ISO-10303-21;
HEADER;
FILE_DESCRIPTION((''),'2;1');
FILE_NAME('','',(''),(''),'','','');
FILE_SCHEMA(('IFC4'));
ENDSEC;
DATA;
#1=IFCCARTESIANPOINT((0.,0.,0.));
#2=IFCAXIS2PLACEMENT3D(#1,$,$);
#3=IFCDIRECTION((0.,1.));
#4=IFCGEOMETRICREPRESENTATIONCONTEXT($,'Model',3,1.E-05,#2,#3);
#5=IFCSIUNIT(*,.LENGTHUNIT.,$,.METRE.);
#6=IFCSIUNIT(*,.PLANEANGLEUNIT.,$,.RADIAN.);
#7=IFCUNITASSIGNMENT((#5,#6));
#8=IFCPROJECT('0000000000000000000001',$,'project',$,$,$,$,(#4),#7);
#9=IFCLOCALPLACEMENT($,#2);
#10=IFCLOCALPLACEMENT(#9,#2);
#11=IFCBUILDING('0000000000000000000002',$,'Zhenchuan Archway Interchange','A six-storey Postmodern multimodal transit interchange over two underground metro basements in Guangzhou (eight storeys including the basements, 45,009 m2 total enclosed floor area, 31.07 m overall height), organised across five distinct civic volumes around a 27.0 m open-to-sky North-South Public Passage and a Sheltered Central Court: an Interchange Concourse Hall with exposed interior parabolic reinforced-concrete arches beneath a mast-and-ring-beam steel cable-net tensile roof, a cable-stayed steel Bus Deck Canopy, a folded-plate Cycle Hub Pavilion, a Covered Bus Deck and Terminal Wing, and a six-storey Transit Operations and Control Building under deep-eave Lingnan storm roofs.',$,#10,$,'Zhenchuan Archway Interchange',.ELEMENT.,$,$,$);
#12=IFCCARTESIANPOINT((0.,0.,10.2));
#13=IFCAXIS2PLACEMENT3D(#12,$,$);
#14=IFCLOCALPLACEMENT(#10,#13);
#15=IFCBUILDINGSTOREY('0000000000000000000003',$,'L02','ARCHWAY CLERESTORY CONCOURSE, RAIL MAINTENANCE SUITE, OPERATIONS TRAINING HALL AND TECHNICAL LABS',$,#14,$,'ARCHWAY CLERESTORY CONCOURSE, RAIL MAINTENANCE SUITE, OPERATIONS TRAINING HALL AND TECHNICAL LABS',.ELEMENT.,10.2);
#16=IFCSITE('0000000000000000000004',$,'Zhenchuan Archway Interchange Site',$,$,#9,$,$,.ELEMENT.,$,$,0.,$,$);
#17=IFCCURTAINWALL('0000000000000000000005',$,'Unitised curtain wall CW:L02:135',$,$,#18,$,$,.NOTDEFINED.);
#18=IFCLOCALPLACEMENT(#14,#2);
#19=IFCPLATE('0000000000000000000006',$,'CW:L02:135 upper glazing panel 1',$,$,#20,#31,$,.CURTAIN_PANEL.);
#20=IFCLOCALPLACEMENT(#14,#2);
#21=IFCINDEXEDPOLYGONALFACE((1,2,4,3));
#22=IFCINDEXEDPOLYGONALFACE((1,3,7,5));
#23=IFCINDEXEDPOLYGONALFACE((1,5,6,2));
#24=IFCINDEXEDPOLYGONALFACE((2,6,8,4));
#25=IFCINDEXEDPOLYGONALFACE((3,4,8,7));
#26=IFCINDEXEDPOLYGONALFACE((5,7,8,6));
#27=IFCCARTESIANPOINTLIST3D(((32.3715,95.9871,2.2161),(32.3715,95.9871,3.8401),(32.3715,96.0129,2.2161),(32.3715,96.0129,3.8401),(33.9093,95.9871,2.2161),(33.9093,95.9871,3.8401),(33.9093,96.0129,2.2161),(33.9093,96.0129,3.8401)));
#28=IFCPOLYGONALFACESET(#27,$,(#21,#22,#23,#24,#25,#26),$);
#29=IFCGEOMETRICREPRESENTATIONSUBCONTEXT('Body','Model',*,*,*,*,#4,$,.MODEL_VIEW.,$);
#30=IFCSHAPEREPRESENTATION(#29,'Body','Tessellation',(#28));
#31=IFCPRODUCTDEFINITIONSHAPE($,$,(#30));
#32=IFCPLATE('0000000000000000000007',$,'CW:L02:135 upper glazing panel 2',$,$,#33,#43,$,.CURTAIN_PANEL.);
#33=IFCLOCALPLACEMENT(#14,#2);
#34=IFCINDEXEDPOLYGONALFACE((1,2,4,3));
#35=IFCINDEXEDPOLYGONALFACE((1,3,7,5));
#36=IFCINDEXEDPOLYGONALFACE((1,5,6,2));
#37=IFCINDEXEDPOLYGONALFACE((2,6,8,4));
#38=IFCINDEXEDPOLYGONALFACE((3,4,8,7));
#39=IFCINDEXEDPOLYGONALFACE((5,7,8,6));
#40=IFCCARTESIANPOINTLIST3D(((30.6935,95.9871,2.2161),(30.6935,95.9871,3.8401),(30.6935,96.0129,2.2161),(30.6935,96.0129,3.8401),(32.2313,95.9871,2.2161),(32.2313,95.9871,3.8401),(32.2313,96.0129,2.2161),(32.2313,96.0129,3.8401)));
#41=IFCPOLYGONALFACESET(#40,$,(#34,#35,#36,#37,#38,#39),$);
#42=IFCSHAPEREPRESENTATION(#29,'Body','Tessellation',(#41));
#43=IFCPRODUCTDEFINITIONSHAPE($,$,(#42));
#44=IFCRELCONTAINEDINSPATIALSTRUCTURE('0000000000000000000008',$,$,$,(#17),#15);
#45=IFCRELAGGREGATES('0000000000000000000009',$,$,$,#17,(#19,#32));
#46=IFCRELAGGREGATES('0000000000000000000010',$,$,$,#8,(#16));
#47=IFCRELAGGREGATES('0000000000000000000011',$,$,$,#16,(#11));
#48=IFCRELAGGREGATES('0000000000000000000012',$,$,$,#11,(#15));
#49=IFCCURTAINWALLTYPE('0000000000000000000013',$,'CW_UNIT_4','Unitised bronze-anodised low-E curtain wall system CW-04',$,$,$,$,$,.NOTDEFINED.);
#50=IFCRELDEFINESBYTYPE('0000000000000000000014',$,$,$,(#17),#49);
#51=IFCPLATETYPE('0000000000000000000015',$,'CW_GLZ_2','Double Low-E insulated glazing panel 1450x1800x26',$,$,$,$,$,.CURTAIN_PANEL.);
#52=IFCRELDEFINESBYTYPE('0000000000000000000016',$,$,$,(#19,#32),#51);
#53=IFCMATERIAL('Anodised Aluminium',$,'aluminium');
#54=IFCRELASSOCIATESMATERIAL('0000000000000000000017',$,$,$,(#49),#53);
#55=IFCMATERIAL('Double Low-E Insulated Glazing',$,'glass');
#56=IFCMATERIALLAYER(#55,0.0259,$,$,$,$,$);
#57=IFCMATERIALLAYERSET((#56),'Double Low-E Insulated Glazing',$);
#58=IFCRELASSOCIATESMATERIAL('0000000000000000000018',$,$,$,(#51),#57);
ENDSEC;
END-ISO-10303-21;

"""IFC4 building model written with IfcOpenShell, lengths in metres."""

from ifc_helpers import new_model, si_unit, direction, frame, origin, origin_2d, place, context, subcontext, project, spatial, rectangle, extrude, material, layer, layer_set, type_object, element, aggregate, save


model = new_model("IFC4")

# Units and contexts
model_context = context("Model", 3, precision=1e-05, world=origin(), true_north=direction((0.0, 1.0)))
body_context = subcontext(model_context, "Body", "Model", "MODEL_VIEW")
ifc_project = project(units=[si_unit("LENGTHUNIT", "METRE"), si_unit("PLANEANGLEUNIT", "RADIAN")], contexts=[model_context])

# Site, building, storey
site_placement = place(None, origin())
site = spatial("IfcSite", under=ifc_project, at=site_placement, Name="Zhenchuan Archway Interchange Site", CompositionType="ELEMENT", RefElevation=0.0)
building_placement = place(site_placement, origin())
building = spatial("IfcBuilding", under=site, at=building_placement, Name="Zhenchuan Archway Interchange", Description="A six-storey Postmodern multimodal transit interchange over two underground metro basements in Guangzhou (eight storeys including the basements, 45,009 m2 total enclosed floor area, 31.07 m overall height), organised across five distinct civic volumes around a 27.0 m open-to-sky North-South Public Passage and a Sheltered Central Court: an Interchange Concourse Hall with exposed interior parabolic reinforced-concrete arches beneath a mast-and-ring-beam steel cable-net tensile roof, a cable-stayed steel Bus Deck Canopy, a folded-plate Cycle Hub Pavilion, a Covered Bus Deck and Terminal Wing, and a six-storey Transit Operations and Control Building under deep-eave Lingnan storm roofs.", LongName="Zhenchuan Archway Interchange", CompositionType="ELEMENT")
storey_placement = place(building_placement, frame((0.0, 0.0, 10.2)))
storey = spatial("IfcBuildingStorey", under=building, at=storey_placement, Name="L02", Description="ARCHWAY CLERESTORY CONCOURSE, RAIL MAINTENANCE SUITE, OPERATIONS TRAINING HALL AND TECHNICAL LABS", LongName="ARCHWAY CLERESTORY CONCOURSE, RAIL MAINTENANCE SUITE, OPERATIONS TRAINING HALL AND TECHNICAL LABS", CompositionType="ELEMENT", Elevation=10.2)

# Curtain wall, plates
ifc_material_1 = material(Name="Anodised Aluminium", Category="aluminium")
curtain_wall_type = type_object("IfcCurtainWallType", Name="CW_UNIT_4", Description="Unitised bronze-anodised low-E curtain wall system CW-04", PredefinedType="NOTDEFINED", material=ifc_material_1)
curtain_wall_placement = place(storey_placement, origin())
curtain_wall = element("IfcCurtainWall", 1, at=curtain_wall_placement, inside=storey, type_object=curtain_wall_type, Name="Unitised curtain wall CW:L02:135", PredefinedType="NOTDEFINED")
ifc_material_2 = material(Name="Double Low-E Insulated Glazing", Category="glass")
ifc_layer_1 = layer(ifc_material_2, 0.0259)
ifc_layer_set_1 = layer_set([ifc_layer_1], Name="Double Low-E Insulated Glazing")
plate_type_1 = type_object("IfcPlateType", Name="CW_GLZ_2", Description="Double Low-E insulated glazing panel 1450x1800x26", PredefinedType="CURTAIN_PANEL", material=ifc_layer_set_1)
plate_1_placement = place(storey_placement, frame((33.1404, 96.0, 2.2161), z_axis=(0.0, 0.0, 1.0), x_axis=(-1.0, 0.0, 0.0)))
plate_1 = element("IfcPlate", 2, at=plate_1_placement, type_object=plate_type_1, Name="CW:L02:135 upper glazing panel 1", PredefinedType="CURTAIN_PANEL", context=body_context, shape_type="SweptSolid", body=[
    extrude(rectangle(XDim=1.5378, YDim=0.0259, at=origin_2d()), origin(), (0.0, 0.0, 1.0), 1.624),
])
plate_2_placement = place(storey_placement, frame((31.4624, 96.0, 2.2161), z_axis=(0.0, 0.0, 1.0), x_axis=(-1.0, 0.0, 0.0)))
plate_2 = element("IfcPlate", 3, at=plate_2_placement, type_object=plate_type_1, Name="CW:L02:135 upper glazing panel 2", PredefinedType="CURTAIN_PANEL", context=body_context, shape_type="SweptSolid", body=[
    extrude(rectangle(XDim=1.5378, YDim=0.0259, at=origin_2d()), origin(), (0.0, 0.0, 1.0), 1.624),
])
aggregate(curtain_wall, [plate_1, plate_2])

save(model, "model.ifc")
